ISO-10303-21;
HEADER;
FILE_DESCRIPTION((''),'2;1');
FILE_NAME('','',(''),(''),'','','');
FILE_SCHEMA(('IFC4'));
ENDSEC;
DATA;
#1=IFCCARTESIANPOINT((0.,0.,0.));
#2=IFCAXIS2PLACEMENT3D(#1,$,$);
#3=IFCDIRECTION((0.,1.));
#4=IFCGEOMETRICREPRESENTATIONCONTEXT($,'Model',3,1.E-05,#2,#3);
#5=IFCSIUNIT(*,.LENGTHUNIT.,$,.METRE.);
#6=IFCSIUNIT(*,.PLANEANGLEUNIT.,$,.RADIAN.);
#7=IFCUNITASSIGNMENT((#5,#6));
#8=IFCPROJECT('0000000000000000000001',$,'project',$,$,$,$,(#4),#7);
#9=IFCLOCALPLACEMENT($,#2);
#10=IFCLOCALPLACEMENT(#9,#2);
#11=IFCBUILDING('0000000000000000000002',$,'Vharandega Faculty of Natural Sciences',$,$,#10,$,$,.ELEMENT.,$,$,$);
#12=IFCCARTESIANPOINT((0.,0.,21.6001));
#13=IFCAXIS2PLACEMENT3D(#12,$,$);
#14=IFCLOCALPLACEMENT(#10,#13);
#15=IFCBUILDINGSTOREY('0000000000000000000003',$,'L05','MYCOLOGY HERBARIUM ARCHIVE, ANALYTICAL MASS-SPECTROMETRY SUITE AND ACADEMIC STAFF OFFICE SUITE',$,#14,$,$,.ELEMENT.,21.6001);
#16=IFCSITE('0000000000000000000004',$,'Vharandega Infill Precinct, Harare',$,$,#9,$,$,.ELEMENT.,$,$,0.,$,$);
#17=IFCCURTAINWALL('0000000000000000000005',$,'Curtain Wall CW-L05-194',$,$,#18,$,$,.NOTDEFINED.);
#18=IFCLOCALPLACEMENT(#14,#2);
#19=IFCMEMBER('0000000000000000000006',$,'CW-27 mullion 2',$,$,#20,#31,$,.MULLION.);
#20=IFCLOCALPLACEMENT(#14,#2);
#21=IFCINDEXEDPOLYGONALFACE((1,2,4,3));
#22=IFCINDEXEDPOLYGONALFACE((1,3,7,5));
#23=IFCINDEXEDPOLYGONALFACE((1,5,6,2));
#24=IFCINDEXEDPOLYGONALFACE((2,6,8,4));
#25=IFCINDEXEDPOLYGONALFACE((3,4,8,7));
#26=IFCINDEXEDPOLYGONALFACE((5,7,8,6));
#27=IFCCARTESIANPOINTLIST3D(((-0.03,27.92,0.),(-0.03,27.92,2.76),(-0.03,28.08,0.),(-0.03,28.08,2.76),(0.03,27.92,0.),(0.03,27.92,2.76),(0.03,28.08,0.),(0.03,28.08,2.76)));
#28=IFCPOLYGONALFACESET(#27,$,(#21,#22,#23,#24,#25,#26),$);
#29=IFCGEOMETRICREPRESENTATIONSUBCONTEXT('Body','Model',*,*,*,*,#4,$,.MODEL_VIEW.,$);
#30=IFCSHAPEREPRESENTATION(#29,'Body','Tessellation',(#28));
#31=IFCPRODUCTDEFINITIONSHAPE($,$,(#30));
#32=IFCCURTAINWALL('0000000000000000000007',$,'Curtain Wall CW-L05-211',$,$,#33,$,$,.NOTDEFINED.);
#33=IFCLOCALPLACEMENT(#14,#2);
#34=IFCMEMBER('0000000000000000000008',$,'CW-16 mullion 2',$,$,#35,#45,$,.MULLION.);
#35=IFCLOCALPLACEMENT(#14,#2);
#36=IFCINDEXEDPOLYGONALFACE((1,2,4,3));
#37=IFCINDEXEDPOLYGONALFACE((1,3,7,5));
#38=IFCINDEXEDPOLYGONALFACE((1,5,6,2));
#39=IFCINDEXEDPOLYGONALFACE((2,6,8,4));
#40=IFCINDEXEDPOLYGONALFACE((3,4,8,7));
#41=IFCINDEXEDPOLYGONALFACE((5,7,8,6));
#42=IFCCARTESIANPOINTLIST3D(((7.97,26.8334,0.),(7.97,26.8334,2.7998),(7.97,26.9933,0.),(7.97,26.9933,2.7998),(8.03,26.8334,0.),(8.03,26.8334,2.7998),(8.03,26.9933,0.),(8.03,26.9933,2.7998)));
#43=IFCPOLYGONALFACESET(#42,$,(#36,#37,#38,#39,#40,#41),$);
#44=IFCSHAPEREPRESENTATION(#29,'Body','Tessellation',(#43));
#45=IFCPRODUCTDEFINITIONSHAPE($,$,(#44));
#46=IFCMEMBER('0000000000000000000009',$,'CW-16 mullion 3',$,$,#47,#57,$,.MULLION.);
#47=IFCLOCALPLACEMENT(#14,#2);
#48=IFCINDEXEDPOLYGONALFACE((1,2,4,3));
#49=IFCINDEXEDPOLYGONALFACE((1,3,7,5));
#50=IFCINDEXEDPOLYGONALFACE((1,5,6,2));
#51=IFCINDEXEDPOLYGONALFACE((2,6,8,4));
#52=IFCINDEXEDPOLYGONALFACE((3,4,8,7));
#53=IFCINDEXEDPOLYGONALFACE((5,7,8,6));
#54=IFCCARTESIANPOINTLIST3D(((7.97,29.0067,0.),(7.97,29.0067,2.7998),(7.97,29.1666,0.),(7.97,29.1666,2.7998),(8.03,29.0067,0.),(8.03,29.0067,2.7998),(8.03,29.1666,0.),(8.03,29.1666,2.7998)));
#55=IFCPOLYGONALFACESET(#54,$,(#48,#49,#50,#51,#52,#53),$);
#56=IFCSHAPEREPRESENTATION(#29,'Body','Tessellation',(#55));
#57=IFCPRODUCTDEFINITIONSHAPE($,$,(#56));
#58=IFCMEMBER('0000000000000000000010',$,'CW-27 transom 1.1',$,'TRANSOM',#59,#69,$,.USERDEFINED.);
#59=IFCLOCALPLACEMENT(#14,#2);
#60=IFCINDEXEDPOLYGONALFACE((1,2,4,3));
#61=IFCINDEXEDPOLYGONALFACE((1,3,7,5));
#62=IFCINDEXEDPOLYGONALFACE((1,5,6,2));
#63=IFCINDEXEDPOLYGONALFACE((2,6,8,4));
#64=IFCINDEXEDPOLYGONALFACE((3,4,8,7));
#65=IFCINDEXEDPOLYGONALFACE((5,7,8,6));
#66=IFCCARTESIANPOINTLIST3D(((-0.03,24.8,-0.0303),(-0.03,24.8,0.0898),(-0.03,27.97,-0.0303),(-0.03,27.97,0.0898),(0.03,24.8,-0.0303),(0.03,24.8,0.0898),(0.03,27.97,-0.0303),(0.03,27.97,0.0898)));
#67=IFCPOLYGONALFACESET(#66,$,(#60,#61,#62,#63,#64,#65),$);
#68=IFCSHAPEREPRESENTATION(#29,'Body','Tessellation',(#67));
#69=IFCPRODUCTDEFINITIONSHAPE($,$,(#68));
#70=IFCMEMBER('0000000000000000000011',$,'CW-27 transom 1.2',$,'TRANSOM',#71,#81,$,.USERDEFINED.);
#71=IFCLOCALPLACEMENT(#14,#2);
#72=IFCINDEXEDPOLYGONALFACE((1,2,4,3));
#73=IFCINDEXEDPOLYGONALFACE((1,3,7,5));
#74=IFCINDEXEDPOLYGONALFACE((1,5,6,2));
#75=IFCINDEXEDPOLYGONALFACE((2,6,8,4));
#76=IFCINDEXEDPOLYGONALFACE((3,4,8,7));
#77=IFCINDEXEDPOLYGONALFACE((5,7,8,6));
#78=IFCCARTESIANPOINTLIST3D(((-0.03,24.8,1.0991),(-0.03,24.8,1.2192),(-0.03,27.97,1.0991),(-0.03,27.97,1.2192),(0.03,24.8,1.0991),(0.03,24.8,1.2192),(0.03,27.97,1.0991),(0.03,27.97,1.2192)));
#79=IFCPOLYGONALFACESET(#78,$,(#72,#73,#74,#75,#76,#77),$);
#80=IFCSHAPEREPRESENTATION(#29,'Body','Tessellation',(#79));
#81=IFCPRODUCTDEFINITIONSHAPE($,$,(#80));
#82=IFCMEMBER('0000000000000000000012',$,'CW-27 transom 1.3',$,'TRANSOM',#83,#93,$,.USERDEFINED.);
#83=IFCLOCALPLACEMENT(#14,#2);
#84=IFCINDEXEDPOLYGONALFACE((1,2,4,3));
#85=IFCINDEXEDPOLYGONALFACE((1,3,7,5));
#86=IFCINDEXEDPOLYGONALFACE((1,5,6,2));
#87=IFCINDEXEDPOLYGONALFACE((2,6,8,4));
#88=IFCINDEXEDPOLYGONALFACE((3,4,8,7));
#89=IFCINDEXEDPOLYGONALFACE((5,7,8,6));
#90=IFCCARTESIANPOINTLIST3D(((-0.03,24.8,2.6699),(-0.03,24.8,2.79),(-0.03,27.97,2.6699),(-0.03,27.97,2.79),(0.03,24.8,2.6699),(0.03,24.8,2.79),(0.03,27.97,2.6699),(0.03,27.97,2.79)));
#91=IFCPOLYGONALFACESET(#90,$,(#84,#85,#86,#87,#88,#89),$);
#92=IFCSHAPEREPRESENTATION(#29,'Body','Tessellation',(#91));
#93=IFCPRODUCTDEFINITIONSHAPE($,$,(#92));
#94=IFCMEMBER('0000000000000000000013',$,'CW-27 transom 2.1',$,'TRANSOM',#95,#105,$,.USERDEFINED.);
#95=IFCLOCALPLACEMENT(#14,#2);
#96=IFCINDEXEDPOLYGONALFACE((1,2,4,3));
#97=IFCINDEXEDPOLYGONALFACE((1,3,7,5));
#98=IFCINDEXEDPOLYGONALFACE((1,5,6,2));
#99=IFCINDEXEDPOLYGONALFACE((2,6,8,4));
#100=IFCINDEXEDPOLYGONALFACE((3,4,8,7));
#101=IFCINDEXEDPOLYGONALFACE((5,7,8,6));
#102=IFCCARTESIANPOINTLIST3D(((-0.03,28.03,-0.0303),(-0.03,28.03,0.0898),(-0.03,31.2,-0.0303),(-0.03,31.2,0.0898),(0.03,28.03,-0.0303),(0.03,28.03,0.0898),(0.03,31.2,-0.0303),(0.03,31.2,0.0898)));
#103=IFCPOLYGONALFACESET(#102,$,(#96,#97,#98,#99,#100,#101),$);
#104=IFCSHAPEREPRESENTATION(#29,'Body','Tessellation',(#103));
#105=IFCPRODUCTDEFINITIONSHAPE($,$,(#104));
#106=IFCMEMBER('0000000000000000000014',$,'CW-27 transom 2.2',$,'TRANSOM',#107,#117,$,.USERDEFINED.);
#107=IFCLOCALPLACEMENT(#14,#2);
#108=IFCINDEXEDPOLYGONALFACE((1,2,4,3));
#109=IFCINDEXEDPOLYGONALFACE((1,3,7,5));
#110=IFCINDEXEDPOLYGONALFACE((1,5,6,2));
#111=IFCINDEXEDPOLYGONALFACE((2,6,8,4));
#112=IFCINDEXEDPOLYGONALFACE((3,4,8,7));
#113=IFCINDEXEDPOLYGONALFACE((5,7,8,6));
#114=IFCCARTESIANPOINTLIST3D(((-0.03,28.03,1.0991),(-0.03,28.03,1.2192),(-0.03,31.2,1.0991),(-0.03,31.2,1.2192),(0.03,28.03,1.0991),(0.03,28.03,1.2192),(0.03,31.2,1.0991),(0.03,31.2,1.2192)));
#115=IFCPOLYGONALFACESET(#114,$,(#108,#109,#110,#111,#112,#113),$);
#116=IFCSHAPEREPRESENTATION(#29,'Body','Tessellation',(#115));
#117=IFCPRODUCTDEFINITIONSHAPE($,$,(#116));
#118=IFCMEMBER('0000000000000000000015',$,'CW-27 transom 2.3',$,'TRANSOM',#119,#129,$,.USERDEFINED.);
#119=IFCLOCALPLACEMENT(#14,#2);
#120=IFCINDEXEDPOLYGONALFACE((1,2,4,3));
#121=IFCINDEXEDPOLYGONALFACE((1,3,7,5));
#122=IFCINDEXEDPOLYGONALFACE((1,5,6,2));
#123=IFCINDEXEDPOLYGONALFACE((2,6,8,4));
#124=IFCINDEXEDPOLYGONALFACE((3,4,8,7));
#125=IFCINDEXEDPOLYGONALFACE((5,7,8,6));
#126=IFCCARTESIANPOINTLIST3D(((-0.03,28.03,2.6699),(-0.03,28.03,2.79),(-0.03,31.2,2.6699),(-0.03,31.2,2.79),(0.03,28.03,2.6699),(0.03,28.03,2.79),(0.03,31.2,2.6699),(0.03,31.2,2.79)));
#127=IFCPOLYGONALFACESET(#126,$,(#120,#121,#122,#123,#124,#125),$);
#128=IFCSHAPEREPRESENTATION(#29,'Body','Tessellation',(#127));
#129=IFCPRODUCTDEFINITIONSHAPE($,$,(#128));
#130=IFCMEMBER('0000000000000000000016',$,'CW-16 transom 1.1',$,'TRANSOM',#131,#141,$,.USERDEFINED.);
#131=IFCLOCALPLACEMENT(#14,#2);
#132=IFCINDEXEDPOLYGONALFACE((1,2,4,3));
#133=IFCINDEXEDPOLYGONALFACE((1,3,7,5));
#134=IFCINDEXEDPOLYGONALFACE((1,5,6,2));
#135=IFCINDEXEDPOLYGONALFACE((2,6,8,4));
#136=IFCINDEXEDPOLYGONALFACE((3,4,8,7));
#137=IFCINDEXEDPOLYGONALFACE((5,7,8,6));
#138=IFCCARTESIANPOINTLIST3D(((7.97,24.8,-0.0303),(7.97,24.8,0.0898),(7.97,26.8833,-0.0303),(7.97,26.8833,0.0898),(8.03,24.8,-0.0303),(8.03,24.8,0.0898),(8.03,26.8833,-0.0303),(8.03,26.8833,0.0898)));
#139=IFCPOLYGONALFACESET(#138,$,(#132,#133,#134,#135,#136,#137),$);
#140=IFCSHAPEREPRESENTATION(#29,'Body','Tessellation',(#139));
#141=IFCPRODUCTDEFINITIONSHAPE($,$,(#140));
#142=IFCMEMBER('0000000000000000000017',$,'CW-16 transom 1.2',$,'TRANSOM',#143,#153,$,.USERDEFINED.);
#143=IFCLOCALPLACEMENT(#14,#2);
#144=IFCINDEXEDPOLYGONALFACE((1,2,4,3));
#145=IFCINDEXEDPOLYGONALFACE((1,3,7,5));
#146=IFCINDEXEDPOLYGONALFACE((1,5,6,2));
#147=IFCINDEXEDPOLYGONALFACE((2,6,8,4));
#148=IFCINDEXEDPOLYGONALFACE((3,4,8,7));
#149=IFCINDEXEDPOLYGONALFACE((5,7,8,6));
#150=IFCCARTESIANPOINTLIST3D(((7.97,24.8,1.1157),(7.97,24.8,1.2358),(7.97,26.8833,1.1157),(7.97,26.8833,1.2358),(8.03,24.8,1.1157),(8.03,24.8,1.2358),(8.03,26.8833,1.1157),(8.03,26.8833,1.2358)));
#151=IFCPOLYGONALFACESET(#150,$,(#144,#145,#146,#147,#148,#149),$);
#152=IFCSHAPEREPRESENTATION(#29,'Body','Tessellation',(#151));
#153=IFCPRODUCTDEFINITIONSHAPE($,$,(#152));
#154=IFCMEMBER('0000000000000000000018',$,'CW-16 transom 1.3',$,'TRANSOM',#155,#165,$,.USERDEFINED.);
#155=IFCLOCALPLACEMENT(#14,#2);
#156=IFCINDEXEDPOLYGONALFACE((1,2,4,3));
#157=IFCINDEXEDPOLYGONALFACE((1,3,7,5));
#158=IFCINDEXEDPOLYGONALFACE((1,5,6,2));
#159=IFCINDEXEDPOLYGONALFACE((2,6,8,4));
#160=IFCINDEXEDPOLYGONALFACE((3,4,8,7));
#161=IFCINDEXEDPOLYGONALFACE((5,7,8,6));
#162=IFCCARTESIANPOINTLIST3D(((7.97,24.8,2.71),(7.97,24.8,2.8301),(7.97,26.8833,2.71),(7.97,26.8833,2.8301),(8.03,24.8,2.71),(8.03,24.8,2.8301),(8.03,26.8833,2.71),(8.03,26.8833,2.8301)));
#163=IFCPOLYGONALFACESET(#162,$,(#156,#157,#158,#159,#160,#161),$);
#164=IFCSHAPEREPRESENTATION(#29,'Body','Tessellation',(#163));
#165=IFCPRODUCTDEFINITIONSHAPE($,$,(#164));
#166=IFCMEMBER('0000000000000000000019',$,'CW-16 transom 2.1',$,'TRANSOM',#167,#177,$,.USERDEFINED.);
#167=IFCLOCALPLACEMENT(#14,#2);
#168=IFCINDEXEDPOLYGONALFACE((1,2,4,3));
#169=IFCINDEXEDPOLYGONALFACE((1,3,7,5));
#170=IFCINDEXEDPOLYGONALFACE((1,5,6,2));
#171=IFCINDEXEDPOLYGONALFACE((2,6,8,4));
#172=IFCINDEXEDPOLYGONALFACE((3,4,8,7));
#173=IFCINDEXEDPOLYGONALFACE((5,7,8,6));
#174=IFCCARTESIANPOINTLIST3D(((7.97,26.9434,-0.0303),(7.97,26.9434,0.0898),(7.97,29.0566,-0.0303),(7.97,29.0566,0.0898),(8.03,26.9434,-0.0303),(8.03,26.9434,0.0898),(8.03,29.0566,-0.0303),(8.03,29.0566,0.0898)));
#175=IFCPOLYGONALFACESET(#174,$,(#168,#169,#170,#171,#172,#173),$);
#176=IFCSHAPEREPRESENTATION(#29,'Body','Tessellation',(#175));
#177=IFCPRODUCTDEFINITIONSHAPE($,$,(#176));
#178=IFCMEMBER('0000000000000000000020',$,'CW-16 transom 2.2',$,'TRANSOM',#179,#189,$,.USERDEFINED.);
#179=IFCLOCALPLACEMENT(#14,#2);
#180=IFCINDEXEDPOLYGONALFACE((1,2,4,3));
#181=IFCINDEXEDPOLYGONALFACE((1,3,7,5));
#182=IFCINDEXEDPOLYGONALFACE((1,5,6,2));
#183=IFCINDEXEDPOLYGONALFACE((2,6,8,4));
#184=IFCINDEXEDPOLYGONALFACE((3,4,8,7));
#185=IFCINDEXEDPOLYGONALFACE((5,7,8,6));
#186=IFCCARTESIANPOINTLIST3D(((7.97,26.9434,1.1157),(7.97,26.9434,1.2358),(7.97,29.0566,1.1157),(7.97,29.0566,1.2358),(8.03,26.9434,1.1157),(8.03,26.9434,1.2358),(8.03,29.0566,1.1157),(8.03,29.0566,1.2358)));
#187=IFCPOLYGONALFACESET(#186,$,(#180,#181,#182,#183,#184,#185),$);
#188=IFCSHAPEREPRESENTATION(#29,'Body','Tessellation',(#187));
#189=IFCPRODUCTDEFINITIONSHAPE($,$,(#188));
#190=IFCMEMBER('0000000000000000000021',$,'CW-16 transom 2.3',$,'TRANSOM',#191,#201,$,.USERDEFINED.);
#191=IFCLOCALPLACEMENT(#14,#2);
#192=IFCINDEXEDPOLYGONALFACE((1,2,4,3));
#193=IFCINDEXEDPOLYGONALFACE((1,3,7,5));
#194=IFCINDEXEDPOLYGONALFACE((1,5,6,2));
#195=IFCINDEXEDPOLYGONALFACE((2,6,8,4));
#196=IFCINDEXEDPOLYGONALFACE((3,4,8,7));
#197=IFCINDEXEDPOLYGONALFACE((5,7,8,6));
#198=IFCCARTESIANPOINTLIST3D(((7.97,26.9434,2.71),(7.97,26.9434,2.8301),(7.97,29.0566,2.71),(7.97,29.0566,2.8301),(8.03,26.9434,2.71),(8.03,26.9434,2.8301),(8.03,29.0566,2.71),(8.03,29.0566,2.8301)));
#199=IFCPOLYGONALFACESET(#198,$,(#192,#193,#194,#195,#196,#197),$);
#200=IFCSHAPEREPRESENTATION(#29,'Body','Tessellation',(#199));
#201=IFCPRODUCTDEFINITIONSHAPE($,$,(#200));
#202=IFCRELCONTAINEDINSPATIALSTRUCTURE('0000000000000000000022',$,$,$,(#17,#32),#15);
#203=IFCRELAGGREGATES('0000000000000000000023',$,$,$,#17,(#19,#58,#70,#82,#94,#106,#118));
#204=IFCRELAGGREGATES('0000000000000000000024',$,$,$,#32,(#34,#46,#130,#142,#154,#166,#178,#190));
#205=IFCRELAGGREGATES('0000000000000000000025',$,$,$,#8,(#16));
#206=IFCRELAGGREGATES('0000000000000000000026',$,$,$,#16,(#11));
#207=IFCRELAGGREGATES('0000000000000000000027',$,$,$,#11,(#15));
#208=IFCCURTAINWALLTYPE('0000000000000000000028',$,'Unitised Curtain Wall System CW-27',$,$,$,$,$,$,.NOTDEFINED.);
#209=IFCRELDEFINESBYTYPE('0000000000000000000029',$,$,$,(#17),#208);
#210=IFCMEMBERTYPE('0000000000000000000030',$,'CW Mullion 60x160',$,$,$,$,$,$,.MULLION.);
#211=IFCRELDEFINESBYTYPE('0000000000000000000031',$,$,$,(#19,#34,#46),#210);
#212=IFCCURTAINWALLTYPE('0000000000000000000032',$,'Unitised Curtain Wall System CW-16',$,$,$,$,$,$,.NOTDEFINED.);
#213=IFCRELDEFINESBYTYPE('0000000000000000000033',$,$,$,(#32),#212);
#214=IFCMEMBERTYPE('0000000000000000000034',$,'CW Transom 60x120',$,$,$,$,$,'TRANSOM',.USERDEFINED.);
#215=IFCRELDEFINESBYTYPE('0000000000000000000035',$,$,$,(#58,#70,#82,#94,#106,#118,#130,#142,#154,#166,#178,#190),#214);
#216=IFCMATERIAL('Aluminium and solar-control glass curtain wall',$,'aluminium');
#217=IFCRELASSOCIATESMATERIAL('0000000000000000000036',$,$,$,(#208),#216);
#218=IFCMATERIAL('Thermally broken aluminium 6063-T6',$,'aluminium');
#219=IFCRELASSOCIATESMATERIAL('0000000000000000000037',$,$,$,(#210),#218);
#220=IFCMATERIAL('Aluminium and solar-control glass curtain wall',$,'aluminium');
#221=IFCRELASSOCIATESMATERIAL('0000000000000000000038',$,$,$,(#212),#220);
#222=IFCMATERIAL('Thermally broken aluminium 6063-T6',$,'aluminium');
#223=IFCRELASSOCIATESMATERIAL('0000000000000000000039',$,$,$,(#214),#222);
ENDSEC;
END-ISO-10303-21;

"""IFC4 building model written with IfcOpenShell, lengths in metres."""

from ifc_helpers import new_model, si_unit, direction, frame, origin, origin_2d, place, context, subcontext, project, spatial, rectangle, extrude, material, material_profile, profile_set, type_object, element, aggregate, save


model = new_model("IFC4")

# Units and contexts
model_context = context("Model", 3, precision=1e-05, world=origin(), true_north=direction((0.0, 1.0)))
body_context = subcontext(model_context, "Body", "Model", "MODEL_VIEW")
ifc_project = project(units=[si_unit("LENGTHUNIT", "METRE"), si_unit("PLANEANGLEUNIT", "RADIAN")], contexts=[model_context])

# Site, building, storey
site_placement = place(None, origin())
site = spatial("IfcSite", under=ifc_project, at=site_placement, Name="Vharandega Infill Precinct, Harare", CompositionType="ELEMENT", RefElevation=0.0)
building_placement = place(site_placement, origin())
building = spatial("IfcBuilding", under=site, at=building_placement, Name="Vharandega Faculty of Natural Sciences", CompositionType="ELEMENT")
storey_placement = place(building_placement, frame((0.0, 0.0, 21.6001)))
storey = spatial("IfcBuildingStorey", under=building, at=storey_placement, Name="L05", Description="MYCOLOGY HERBARIUM ARCHIVE, ANALYTICAL MASS-SPECTROMETRY SUITE AND ACADEMIC STAFF OFFICE SUITE", CompositionType="ELEMENT", Elevation=21.6001)

# Curtain wall, member
ifc_material_1 = material(Name="Aluminium and solar-control glass curtain wall", Category="aluminium")
curtain_wall_type_1 = type_object("IfcCurtainWallType", Name="Unitised Curtain Wall System CW-27", PredefinedType="NOTDEFINED", material=ifc_material_1)
curtain_wall_1_placement = place(storey_placement, origin())
curtain_wall_1 = element("IfcCurtainWall", 1, at=curtain_wall_1_placement, inside=storey, type_object=curtain_wall_type_1, Name="Curtain Wall CW-L05-194", PredefinedType="NOTDEFINED")
ifc_material_2 = material(Name="Thermally broken aluminium 6063-T6", Category="aluminium")
ifc_material_profile_1 = material_profile(ifc_material_2, rectangle(XDim=0.0601, YDim=0.1599, at=origin_2d()), Name="ALU 60x160")
ifc_profile_set_1 = profile_set([ifc_material_profile_1], Name="Thermally broken aluminium 6063-T6")
member_type_1 = type_object("IfcMemberType", Name="CW Mullion 60x160", PredefinedType="MULLION", material=ifc_profile_set_1)
member_1_placement = place(storey_placement, frame((0.0, 28.0, 0.0), z_axis=(0.0, 0.0, 1.0), x_axis=(-1.0, 0.0, 0.0)))
member_1 = element("IfcMember", 2, at=member_1_placement, type_object=member_type_1, Name="CW-27 mullion 2", PredefinedType="MULLION", context=body_context, shape_type="SweptSolid", body=[
    extrude(rectangle(XDim=0.0601, YDim=0.1599, at=origin_2d()), origin(), (0.0, 0.0, 1.0), 2.76),
])

# Curtain wall, members
ifc_material_3 = material(Name="Aluminium and solar-control glass curtain wall", Category="aluminium")
curtain_wall_type_2 = type_object("IfcCurtainWallType", Name="Unitised Curtain Wall System CW-16", PredefinedType="NOTDEFINED", material=ifc_material_3)
curtain_wall_2_placement = place(storey_placement, origin())
curtain_wall_2 = element("IfcCurtainWall", 3, at=curtain_wall_2_placement, inside=storey, type_object=curtain_wall_type_2, Name="Curtain Wall CW-L05-211", PredefinedType="NOTDEFINED")
member_2_placement = place(storey_placement, frame((8.0, 26.9133, 0.0), z_axis=(0.0, 0.0, 1.0), x_axis=(-1.0, 0.0, 0.0)))
member_2 = element("IfcMember", 4, at=member_2_placement, type_object=member_type_1, Name="CW-16 mullion 2", PredefinedType="MULLION", context=body_context, shape_type="SweptSolid", body=[
    extrude(rectangle(XDim=0.0601, YDim=0.1599, at=origin_2d()), origin(), (0.0, 0.0, 1.0), 2.7998),
])
member_3_placement = place(storey_placement, frame((8.0, 29.0867, 0.0), z_axis=(0.0, 0.0, 1.0), x_axis=(-1.0, 0.0, 0.0)))
member_3 = element("IfcMember", 5, at=member_3_placement, type_object=member_type_1, Name="CW-16 mullion 3", PredefinedType="MULLION", context=body_context, shape_type="SweptSolid", body=[
    extrude(rectangle(XDim=0.0601, YDim=0.1599, at=origin_2d()), origin(), (0.0, 0.0, 1.0), 2.7998),
])

# Members
ifc_material_4 = material(Name="Thermally broken aluminium 6063-T6", Category="aluminium")
ifc_material_profile_2 = material_profile(ifc_material_4, rectangle(XDim=0.0601, YDim=0.1201, at=origin_2d()), Name="ALU 60x120")
ifc_profile_set_2 = profile_set([ifc_material_profile_2], Name="Thermally broken aluminium 6063-T6")
member_type_2 = type_object("IfcMemberType", Name="CW Transom 60x120", ElementType="TRANSOM", PredefinedType="USERDEFINED", material=ifc_profile_set_2)
member_4_placement = place(storey_placement, frame((0.0, 24.8, 0.0298), z_axis=(0.0, 1.0, 0.0), x_axis=(-1.0, 0.0, 0.0)))
member_4 = element("IfcMember", 6, at=member_4_placement, type_object=member_type_2, Name="CW-27 transom 1.1", ObjectType="TRANSOM", PredefinedType="USERDEFINED", context=body_context, shape_type="SweptSolid", body=[
    extrude(rectangle(XDim=0.0601, YDim=0.1201, at=origin_2d()), origin(), (0.0, 0.0, 1.0), 3.1699),
])
member_5_placement = place(storey_placement, frame((0.0, 24.8, 1.1592), z_axis=(0.0, 1.0, 0.0), x_axis=(-1.0, 0.0, 0.0)))
member_5 = element("IfcMember", 7, at=member_5_placement, type_object=member_type_2, Name="CW-27 transom 1.2", ObjectType="TRANSOM", PredefinedType="USERDEFINED", context=body_context, shape_type="SweptSolid", body=[
    extrude(rectangle(XDim=0.0601, YDim=0.1201, at=origin_2d()), origin(), (0.0, 0.0, 1.0), 3.1699),
])
member_6_placement = place(storey_placement, frame((0.0, 24.8, 2.73), z_axis=(0.0, 1.0, 0.0), x_axis=(-1.0, 0.0, 0.0)))
member_6 = element("IfcMember", 8, at=member_6_placement, type_object=member_type_2, Name="CW-27 transom 1.3", ObjectType="TRANSOM", PredefinedType="USERDEFINED", context=body_context, shape_type="SweptSolid", body=[
    extrude(rectangle(XDim=0.0601, YDim=0.1201, at=origin_2d()), origin(), (0.0, 0.0, 1.0), 3.1699),
])
member_7_placement = place(storey_placement, frame((0.0, 28.03, 0.0298), z_axis=(0.0, 1.0, 0.0), x_axis=(-1.0, 0.0, 0.0)))
member_7 = element("IfcMember", 9, at=member_7_placement, type_object=member_type_2, Name="CW-27 transom 2.1", ObjectType="TRANSOM", PredefinedType="USERDEFINED", context=body_context, shape_type="SweptSolid", body=[
    extrude(rectangle(XDim=0.0601, YDim=0.1201, at=origin_2d()), origin(), (0.0, 0.0, 1.0), 3.1699),
])
member_8_placement = place(storey_placement, frame((0.0, 28.03, 1.1592), z_axis=(0.0, 1.0, 0.0), x_axis=(-1.0, 0.0, 0.0)))
member_8 = element("IfcMember", 10, at=member_8_placement, type_object=member_type_2, Name="CW-27 transom 2.2", ObjectType="TRANSOM", PredefinedType="USERDEFINED", context=body_context, shape_type="SweptSolid", body=[
    extrude(rectangle(XDim=0.0601, YDim=0.1201, at=origin_2d()), origin(), (0.0, 0.0, 1.0), 3.1699),
])
member_9_placement = place(storey_placement, frame((0.0, 28.03, 2.73), z_axis=(0.0, 1.0, 0.0), x_axis=(-1.0, 0.0, 0.0)))
member_9 = element("IfcMember", 11, at=member_9_placement, type_object=member_type_2, Name="CW-27 transom 2.3", ObjectType="TRANSOM", PredefinedType="USERDEFINED", context=body_context, shape_type="SweptSolid", body=[
    extrude(rectangle(XDim=0.0601, YDim=0.1201, at=origin_2d()), origin(), (0.0, 0.0, 1.0), 3.1699),
])
member_10_placement = place(storey_placement, frame((8.0, 24.8, 0.0298), z_axis=(0.0, 1.0, 0.0), x_axis=(-1.0, 0.0, 0.0)))
member_10 = element("IfcMember", 12, at=member_10_placement, type_object=member_type_2, Name="CW-16 transom 1.1", ObjectType="TRANSOM", PredefinedType="USERDEFINED", context=body_context, shape_type="SweptSolid", body=[
    extrude(rectangle(XDim=0.0601, YDim=0.1201, at=origin_2d()), origin(), (0.0, 0.0, 1.0), 2.0833),
])
member_11_placement = place(storey_placement, frame((8.0, 24.8, 1.1758), z_axis=(0.0, 1.0, 0.0), x_axis=(-1.0, 0.0, 0.0)))
member_11 = element("IfcMember", 13, at=member_11_placement, type_object=member_type_2, Name="CW-16 transom 1.2", ObjectType="TRANSOM", PredefinedType="USERDEFINED", context=body_context, shape_type="SweptSolid", body=[
    extrude(rectangle(XDim=0.0601, YDim=0.1201, at=origin_2d()), origin(), (0.0, 0.0, 1.0), 2.0833),
])
member_12_placement = place(storey_placement, frame((8.0, 24.8, 2.77), z_axis=(0.0, 1.0, 0.0), x_axis=(-1.0, 0.0, 0.0)))
member_12 = element("IfcMember", 14, at=member_12_placement, type_object=member_type_2, Name="CW-16 transom 1.3", ObjectType="TRANSOM", PredefinedType="USERDEFINED", context=body_context, shape_type="SweptSolid", body=[
    extrude(rectangle(XDim=0.0601, YDim=0.1201, at=origin_2d()), origin(), (0.0, 0.0, 1.0), 2.0833),
])
member_13_placement = place(storey_placement, frame((8.0, 26.9434, 0.0298), z_axis=(0.0, 1.0, 0.0), x_axis=(-1.0, 0.0, 0.0)))
member_13 = element("IfcMember", 15, at=member_13_placement, type_object=member_type_2, Name="CW-16 transom 2.1", ObjectType="TRANSOM", PredefinedType="USERDEFINED", context=body_context, shape_type="SweptSolid", body=[
    extrude(rectangle(XDim=0.0601, YDim=0.1201, at=origin_2d()), origin(), (0.0, 0.0, 1.0), 2.1133),
])
member_14_placement = place(storey_placement, frame((8.0, 26.9434, 1.1758), z_axis=(0.0, 1.0, 0.0), x_axis=(-1.0, 0.0, 0.0)))
member_14 = element("IfcMember", 16, at=member_14_placement, type_object=member_type_2, Name="CW-16 transom 2.2", ObjectType="TRANSOM", PredefinedType="USERDEFINED", context=body_context, shape_type="SweptSolid", body=[
    extrude(rectangle(XDim=0.0601, YDim=0.1201, at=origin_2d()), origin(), (0.0, 0.0, 1.0), 2.1133),
])
member_15_placement = place(storey_placement, frame((8.0, 26.9434, 2.77), z_axis=(0.0, 1.0, 0.0), x_axis=(-1.0, 0.0, 0.0)))
member_15 = element("IfcMember", 17, at=member_15_placement, type_object=member_type_2, Name="CW-16 transom 2.3", ObjectType="TRANSOM", PredefinedType="USERDEFINED", context=body_context, shape_type="SweptSolid", body=[
    extrude(rectangle(XDim=0.0601, YDim=0.1201, at=origin_2d()), origin(), (0.0, 0.0, 1.0), 2.1133),
])

aggregate(curtain_wall_1, [member_1, member_4, member_5, member_6, member_7, member_8, member_9])
aggregate(curtain_wall_2, [member_2, member_3, member_10, member_11, member_12, member_13, member_14, member_15])

save(model, "model.ifc")
